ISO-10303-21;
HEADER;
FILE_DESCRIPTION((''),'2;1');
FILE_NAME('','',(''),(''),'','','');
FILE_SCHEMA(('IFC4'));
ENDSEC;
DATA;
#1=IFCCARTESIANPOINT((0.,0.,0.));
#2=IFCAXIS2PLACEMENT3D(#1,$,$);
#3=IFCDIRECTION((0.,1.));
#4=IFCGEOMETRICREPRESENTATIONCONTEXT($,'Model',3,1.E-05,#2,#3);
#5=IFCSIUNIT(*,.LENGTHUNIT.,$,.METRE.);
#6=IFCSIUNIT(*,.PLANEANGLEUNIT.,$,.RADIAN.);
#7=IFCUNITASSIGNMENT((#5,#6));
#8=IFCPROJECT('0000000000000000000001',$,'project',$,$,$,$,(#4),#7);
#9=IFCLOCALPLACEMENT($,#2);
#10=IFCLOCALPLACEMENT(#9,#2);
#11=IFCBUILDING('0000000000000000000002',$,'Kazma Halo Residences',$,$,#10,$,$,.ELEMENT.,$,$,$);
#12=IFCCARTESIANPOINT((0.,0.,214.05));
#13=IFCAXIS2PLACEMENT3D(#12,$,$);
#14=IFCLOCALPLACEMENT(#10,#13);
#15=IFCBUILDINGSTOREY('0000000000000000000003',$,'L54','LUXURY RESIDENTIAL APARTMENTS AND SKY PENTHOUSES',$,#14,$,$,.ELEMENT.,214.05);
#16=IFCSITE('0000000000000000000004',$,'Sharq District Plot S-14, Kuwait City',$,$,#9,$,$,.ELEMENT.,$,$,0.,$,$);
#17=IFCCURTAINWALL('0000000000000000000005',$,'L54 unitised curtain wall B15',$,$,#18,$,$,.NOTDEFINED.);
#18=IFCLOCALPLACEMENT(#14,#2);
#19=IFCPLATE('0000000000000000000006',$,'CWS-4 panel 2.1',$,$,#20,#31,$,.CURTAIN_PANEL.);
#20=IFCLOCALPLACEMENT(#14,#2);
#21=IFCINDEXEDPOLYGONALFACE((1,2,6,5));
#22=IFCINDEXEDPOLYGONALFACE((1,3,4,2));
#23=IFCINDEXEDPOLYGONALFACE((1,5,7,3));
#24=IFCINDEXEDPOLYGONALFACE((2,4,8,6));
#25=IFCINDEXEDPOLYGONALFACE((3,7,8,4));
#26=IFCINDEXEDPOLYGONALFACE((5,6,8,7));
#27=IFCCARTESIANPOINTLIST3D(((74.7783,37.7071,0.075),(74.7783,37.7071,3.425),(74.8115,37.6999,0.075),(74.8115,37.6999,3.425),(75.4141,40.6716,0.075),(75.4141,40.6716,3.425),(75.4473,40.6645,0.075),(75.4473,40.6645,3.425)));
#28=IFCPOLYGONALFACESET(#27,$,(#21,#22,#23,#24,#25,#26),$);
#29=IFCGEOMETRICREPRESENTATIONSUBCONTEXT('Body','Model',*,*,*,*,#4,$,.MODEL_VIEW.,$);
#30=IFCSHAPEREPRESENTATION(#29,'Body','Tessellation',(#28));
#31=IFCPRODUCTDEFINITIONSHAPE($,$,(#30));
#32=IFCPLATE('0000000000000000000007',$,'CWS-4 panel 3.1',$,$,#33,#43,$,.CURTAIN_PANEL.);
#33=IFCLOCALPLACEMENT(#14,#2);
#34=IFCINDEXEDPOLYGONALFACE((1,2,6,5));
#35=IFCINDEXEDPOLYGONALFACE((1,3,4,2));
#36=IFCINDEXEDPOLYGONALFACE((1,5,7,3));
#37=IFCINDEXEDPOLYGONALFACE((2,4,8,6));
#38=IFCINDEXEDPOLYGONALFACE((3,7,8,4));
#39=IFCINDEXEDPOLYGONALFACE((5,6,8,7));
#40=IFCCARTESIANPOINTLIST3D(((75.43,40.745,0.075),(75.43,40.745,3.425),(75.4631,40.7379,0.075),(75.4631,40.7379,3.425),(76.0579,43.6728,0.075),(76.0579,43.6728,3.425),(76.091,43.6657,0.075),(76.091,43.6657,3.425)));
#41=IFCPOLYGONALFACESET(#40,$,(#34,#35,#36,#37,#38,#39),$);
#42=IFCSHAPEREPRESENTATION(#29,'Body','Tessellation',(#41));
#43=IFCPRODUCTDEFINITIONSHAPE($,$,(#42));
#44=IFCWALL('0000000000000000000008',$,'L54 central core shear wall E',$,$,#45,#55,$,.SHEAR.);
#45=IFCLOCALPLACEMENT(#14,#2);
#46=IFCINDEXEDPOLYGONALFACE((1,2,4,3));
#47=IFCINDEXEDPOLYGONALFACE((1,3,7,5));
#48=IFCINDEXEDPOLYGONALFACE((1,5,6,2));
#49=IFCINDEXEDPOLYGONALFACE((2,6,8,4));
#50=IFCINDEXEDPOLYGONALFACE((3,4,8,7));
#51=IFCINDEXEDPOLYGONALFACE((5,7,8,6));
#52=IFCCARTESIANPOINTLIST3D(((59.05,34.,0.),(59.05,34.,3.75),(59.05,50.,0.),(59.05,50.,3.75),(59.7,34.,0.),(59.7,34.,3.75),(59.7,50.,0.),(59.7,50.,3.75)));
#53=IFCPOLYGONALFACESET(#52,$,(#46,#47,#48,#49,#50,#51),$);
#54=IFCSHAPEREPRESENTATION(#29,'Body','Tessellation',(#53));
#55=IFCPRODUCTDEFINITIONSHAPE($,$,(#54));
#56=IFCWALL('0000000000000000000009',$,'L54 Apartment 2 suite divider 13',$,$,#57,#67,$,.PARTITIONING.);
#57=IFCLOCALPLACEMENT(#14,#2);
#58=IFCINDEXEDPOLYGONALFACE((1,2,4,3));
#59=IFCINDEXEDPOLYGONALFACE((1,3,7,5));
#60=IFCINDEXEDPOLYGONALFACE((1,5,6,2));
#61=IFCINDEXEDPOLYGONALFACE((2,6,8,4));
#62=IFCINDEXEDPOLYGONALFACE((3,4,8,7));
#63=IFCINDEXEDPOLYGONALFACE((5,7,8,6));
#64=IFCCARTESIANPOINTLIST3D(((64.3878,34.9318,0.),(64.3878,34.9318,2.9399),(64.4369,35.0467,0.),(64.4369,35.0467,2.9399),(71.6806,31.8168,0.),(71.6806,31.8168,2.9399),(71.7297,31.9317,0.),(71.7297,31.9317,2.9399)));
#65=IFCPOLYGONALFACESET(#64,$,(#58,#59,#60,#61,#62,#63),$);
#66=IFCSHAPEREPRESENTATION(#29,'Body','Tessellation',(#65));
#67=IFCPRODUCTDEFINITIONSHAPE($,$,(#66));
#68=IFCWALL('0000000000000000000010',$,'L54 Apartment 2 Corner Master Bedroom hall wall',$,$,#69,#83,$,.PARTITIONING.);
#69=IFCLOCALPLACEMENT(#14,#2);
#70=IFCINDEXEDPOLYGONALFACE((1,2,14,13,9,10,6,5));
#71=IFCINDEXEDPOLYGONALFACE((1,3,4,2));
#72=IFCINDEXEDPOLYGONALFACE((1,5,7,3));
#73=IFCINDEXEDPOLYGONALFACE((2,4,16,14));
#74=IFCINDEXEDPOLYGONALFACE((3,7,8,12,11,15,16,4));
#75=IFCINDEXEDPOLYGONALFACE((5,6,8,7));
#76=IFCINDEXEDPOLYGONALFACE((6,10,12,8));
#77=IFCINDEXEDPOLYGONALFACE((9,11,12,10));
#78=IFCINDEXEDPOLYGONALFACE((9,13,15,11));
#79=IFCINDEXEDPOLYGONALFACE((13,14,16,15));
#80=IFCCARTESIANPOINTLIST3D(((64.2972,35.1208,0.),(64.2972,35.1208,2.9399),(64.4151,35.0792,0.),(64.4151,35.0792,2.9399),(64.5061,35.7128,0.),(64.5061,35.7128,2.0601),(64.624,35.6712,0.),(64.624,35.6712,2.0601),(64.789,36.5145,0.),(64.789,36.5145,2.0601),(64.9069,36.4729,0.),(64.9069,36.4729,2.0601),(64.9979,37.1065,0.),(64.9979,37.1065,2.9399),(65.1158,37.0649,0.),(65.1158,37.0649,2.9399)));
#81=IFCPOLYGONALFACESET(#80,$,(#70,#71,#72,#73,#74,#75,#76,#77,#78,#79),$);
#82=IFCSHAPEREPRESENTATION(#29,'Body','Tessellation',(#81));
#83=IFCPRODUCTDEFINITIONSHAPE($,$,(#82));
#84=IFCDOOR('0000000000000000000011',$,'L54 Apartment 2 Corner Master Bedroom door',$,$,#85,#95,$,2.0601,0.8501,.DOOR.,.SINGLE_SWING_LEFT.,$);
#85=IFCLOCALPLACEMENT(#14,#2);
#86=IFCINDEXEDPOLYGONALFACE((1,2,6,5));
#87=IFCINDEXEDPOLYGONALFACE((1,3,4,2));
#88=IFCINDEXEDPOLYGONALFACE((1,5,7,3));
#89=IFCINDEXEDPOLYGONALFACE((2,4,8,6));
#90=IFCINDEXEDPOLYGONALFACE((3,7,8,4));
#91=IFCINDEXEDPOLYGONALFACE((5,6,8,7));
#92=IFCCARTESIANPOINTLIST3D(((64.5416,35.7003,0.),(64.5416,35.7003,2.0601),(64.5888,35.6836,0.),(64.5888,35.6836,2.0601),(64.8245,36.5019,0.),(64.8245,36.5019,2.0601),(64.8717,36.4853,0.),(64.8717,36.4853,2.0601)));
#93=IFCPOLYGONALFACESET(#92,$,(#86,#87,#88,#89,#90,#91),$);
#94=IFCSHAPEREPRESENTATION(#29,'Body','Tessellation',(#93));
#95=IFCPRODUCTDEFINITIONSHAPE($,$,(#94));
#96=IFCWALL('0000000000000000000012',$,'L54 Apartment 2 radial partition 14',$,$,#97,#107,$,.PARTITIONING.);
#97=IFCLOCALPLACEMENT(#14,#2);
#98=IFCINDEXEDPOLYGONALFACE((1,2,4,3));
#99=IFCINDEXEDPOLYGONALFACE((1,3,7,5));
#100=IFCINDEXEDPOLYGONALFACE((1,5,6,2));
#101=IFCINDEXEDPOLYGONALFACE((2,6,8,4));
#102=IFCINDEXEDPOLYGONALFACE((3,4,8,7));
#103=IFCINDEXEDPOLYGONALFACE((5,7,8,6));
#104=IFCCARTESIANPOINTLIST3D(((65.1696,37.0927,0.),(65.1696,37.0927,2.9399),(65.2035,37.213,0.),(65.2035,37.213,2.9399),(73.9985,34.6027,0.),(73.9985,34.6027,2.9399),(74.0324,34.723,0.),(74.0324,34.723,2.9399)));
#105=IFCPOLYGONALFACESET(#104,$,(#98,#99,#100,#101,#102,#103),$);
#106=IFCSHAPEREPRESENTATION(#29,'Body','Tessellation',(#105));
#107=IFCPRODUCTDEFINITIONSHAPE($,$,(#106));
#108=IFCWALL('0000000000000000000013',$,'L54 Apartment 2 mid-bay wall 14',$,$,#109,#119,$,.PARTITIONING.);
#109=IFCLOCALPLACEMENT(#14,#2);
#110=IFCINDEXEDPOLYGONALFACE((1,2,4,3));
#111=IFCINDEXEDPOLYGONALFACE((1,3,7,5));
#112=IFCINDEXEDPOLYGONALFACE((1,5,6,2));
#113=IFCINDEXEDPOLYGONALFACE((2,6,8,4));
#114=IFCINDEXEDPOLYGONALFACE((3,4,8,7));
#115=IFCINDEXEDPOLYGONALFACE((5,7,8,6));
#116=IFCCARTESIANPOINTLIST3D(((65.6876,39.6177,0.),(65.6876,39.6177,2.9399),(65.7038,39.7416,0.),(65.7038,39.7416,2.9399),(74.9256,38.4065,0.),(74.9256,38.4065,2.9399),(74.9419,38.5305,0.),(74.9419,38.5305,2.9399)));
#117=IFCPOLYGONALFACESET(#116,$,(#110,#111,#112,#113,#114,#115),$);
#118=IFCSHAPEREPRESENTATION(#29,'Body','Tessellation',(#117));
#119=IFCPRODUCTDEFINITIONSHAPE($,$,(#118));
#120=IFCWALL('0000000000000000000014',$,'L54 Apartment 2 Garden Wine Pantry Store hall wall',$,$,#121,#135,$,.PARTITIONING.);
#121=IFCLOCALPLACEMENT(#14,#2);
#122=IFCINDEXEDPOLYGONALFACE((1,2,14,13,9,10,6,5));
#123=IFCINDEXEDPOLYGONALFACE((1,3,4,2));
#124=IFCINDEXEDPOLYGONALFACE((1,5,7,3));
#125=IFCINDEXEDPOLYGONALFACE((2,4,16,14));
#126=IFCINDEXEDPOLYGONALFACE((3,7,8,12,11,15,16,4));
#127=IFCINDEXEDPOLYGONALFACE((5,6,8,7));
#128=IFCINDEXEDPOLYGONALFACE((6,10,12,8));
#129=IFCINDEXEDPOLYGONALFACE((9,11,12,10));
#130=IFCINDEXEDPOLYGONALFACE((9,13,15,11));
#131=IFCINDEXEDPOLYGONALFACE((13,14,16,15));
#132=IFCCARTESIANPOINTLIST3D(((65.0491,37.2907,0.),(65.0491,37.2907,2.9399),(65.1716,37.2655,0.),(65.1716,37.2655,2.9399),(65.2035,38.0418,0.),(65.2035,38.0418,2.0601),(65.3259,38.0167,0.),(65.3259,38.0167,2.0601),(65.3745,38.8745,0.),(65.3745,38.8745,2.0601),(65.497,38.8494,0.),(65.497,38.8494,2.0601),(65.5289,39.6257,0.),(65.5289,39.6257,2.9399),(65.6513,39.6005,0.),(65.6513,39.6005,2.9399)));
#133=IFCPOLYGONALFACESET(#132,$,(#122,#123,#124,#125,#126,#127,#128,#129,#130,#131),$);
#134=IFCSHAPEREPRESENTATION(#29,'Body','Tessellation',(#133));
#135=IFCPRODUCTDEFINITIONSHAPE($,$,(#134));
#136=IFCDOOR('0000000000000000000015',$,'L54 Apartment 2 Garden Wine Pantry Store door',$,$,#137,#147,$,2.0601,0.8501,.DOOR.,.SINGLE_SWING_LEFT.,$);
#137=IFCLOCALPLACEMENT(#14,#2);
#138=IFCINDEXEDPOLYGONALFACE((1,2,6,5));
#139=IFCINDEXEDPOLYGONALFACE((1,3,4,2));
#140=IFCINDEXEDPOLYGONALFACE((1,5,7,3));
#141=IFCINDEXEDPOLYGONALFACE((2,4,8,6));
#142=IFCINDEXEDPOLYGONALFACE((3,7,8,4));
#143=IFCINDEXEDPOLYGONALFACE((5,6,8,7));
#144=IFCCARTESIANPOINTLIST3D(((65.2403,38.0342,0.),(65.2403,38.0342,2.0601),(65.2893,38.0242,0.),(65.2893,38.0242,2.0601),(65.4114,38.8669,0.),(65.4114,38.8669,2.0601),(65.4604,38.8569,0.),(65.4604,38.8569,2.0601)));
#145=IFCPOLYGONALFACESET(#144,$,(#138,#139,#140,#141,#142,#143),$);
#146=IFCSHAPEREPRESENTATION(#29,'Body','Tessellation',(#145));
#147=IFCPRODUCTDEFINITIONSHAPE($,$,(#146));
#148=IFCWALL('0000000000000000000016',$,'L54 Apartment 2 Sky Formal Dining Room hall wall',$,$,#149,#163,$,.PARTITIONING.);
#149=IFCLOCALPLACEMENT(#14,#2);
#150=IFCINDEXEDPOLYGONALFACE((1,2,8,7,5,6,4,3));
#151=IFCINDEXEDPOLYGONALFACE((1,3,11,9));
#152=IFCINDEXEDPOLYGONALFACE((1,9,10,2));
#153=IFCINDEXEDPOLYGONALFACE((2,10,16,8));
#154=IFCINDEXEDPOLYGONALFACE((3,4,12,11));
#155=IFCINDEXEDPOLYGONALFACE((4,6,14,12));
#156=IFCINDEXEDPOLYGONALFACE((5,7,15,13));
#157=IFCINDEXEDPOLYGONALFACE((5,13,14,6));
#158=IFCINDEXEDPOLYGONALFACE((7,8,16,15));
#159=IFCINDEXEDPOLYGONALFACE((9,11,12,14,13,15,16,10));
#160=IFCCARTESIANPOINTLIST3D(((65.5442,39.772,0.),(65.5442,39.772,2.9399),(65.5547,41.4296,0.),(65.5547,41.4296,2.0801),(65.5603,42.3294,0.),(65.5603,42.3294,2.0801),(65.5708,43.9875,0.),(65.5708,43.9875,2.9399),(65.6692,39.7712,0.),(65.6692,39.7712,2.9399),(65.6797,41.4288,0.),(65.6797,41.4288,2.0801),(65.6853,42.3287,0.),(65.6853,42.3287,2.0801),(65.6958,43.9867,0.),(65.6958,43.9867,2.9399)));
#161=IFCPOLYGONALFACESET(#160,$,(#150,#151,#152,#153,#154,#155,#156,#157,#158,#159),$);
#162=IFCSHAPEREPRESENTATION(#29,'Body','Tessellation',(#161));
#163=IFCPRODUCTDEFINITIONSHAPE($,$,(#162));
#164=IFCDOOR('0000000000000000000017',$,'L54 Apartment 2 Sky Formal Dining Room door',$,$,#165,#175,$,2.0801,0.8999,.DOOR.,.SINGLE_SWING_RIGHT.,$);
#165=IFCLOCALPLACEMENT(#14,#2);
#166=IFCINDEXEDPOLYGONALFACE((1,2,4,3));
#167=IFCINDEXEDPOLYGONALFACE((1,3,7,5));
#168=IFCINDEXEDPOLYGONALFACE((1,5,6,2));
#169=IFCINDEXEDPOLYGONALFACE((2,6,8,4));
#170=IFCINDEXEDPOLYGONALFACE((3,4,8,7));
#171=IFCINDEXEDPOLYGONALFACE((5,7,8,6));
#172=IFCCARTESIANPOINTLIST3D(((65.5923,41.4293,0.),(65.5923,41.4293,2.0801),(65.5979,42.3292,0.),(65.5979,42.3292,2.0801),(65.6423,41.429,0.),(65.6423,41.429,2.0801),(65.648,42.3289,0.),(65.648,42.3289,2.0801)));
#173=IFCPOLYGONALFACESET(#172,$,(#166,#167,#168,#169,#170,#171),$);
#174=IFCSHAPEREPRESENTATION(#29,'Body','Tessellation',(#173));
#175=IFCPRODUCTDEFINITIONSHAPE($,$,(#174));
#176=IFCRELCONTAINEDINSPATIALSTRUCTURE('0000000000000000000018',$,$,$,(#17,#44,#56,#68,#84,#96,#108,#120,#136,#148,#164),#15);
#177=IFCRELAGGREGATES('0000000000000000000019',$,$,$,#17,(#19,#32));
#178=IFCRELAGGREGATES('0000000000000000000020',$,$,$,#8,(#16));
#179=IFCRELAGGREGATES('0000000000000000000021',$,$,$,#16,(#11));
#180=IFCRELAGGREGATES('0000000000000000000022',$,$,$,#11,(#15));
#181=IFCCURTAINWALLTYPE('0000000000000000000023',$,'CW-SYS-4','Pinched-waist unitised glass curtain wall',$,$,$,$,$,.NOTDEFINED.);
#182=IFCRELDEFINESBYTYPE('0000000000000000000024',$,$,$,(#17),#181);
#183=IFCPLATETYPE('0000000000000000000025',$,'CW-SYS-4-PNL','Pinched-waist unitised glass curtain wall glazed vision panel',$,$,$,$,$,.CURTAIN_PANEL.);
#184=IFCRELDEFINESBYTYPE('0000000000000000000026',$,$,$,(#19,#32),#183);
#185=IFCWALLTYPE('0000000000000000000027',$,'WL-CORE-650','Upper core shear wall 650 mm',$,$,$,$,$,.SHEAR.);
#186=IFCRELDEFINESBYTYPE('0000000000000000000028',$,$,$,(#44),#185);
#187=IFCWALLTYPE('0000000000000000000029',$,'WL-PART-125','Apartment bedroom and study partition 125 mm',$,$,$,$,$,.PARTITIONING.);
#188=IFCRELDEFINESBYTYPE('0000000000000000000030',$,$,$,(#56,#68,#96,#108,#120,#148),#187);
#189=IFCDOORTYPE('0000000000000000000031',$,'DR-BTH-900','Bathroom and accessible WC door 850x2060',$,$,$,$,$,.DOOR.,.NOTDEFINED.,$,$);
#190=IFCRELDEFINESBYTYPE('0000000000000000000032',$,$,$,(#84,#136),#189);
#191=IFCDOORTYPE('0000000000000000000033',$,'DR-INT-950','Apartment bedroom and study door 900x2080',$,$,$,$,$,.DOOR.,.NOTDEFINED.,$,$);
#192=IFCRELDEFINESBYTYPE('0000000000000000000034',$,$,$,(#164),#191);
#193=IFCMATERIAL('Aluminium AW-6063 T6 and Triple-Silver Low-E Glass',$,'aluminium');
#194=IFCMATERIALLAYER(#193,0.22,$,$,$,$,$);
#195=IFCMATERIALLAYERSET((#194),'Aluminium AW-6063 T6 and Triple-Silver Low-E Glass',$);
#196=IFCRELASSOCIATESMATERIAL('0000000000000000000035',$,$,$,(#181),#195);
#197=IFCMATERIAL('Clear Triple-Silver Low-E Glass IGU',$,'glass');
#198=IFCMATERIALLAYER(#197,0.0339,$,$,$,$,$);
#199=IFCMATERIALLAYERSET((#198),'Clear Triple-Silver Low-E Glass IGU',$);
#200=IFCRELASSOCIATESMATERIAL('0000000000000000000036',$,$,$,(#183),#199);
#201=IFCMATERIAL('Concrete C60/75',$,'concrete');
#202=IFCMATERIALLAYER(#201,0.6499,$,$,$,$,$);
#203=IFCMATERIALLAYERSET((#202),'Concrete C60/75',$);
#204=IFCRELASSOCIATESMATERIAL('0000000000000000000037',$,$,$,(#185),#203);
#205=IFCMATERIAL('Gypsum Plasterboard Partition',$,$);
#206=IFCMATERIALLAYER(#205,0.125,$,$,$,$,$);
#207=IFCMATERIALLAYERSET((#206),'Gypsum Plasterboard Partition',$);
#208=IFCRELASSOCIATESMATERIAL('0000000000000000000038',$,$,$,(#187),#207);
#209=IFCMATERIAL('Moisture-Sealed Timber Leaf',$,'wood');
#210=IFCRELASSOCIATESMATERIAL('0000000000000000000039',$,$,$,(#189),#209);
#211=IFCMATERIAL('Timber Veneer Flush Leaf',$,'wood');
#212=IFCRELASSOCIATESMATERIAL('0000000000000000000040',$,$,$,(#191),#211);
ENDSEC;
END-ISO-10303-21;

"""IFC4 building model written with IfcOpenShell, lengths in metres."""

from ifc_helpers import new_model, si_unit, direction, frame, frame_2d, origin, origin_2d, place, context, subcontext, project, spatial, rectangle, extrude, material, layer, layer_set, type_object, element, fill, aggregate, save


model = new_model("IFC4")

# Units and contexts
model_context = context("Model", 3, precision=1e-05, world=origin(), true_north=direction((0.0, 1.0)))
body_context = subcontext(model_context, "Body", "Model", "MODEL_VIEW")
ifc_project = project(units=[si_unit("LENGTHUNIT", "METRE"), si_unit("PLANEANGLEUNIT", "RADIAN")], contexts=[model_context])

# Site, building, storey
site_placement = place(None, origin())
site = spatial("IfcSite", under=ifc_project, at=site_placement, Name="Sharq District Plot S-14, Kuwait City", CompositionType="ELEMENT", RefElevation=0.0)
building_placement = place(site_placement, origin())
building = spatial("IfcBuilding", under=site, at=building_placement, Name="Kazma Halo Residences", CompositionType="ELEMENT")
storey_placement = place(building_placement, frame((0.0, 0.0, 214.05)))
storey = spatial("IfcBuildingStorey", under=building, at=storey_placement, Name="L54", Description="LUXURY RESIDENTIAL APARTMENTS AND SKY PENTHOUSES", CompositionType="ELEMENT", Elevation=214.05)

# Curtain wall, plates
ifc_material_1 = material(Name="Aluminium AW-6063 T6 and Triple-Silver Low-E Glass", Category="aluminium")
ifc_layer_1 = layer(ifc_material_1, 0.22)
ifc_layer_set_1 = layer_set([ifc_layer_1], Name="Aluminium AW-6063 T6 and Triple-Silver Low-E Glass")
curtain_wall_type = type_object("IfcCurtainWallType", Name="CW-SYS-4", Description="Pinched-waist unitised glass curtain wall", PredefinedType="NOTDEFINED", material=ifc_layer_set_1)
curtain_wall_placement = place(storey_placement, origin())
curtain_wall = element("IfcCurtainWall", 1, at=curtain_wall_placement, inside=storey, type_object=curtain_wall_type, Name="L54 unitised curtain wall B15", PredefinedType="NOTDEFINED")
ifc_material_2 = material(Name="Clear Triple-Silver Low-E Glass IGU", Category="glass")
ifc_layer_2 = layer(ifc_material_2, 0.0339)
ifc_layer_set_2 = layer_set([ifc_layer_2], Name="Clear Triple-Silver Low-E Glass IGU")
plate_type = type_object("IfcPlateType", Name="CW-SYS-4-PNL", Description="Pinched-waist unitised glass curtain wall glazed vision panel", PredefinedType="CURTAIN_PANEL", material=ifc_layer_set_2)
plate_1_placement = place(storey_placement, frame((75.1128, 39.1858, 0.075), z_axis=(0.0, 0.0, 1.0), x_axis=(0.20969, 0.977768, 0.0)))
plate_1 = element("IfcPlate", 2, at=plate_1_placement, type_object=plate_type, Name="CWS-4 panel 2.1", PredefinedType="CURTAIN_PANEL", context=body_context, shape_type="SweptSolid", body=[
    extrude(rectangle(XDim=3.032, YDim=0.0339, at=origin_2d()), origin(), (0.0, 0.0, 1.0), 3.3501),
])
plate_2_placement = place(storey_placement, frame((75.7605, 42.2053, 0.075), z_axis=(0.0, 0.0, 1.0), x_axis=(0.20969, 0.977768, 0.0)))
plate_2 = element("IfcPlate", 3, at=plate_2_placement, type_object=plate_type, Name="CWS-4 panel 3.1", PredefinedType="CURTAIN_PANEL", context=body_context, shape_type="SweptSolid", body=[
    extrude(rectangle(XDim=2.9944, YDim=0.0339, at=origin_2d()), origin(), (0.0, 0.0, 1.0), 3.3501),
])
aggregate(curtain_wall, [plate_1, plate_2])

# Walls
ifc_material_3 = material(Name="Concrete C60/75", Category="concrete")
ifc_layer_3 = layer(ifc_material_3, 0.6499)
ifc_layer_set_3 = layer_set([ifc_layer_3], Name="Concrete C60/75")
wall_type_1 = type_object("IfcWallType", Name="WL-CORE-650", Description="Upper core shear wall 650 mm", PredefinedType="SHEAR", material=ifc_layer_set_3)
wall_1_placement = place(storey_placement, frame((59.375, 34.0, 0.0), z_axis=(0.0, 0.0, 1.0), x_axis=(0.0, 1.0, 0.0)))
element("IfcWall", 4, at=wall_1_placement, inside=storey, type_object=wall_type_1, Name="L54 central core shear wall E", PredefinedType="SHEAR", context=body_context, shape_type="SweptSolid", body=[
    extrude(rectangle(XDim=16.0, YDim=0.6499, at=frame_2d((8.0, 0.0))), origin(), (0.0, 0.0, 1.0), 3.75),
])
ifc_material_4 = material(Name="Gypsum Plasterboard Partition")
ifc_layer_4 = layer(ifc_material_4, 0.125)
ifc_layer_set_4 = layer_set([ifc_layer_4], Name="Gypsum Plasterboard Partition")
wall_type_2 = type_object("IfcWallType", Name="WL-PART-125", Description="Apartment bedroom and study partition 125 mm", PredefinedType="PARTITIONING", material=ifc_layer_set_4)
wall_2_placement = place(storey_placement, frame((64.4124, 34.9893, 0.0), z_axis=(0.0, 0.0, 1.0), x_axis=(0.919622, -0.392804, 0.0)))
element("IfcWall", 5, at=wall_2_placement, inside=storey, type_object=wall_type_2, Name="L54 Apartment 2 suite divider 13", PredefinedType="PARTITIONING", context=body_context, shape_type="SweptSolid", body=[
    extrude(rectangle(XDim=7.9302, YDim=0.125, at=frame_2d((3.9651, 0.0))), origin(), (0.0, 0.0, 1.0), 2.9399),
])

# Wall, opening, door
wall_3_placement = place(storey_placement, frame((64.3562, 35.1001, 0.0), z_axis=(0.0, 0.0, 1.0), x_axis=(0.332772, 0.943007, 0.0)))
wall_3 = element("IfcWall", 6, at=wall_3_placement, inside=storey, type_object=wall_type_2, Name="L54 Apartment 2 Corner Master Bedroom hall wall", PredefinedType="PARTITIONING", context=body_context, shape_type="SweptSolid", body=[
    extrude(rectangle(XDim=2.1057, YDim=0.125, at=frame_2d((1.0527, 0.0))), origin(), (0.0, 0.0, 1.0), 2.9399),
])
opening_1_placement = place(wall_3_placement, frame((0.6277, 0.0, 0.0)))
opening_1 = element("IfcOpeningElement", 7, at=opening_1_placement, cuts=wall_3, PredefinedType="OPENING", context=body_context, shape_type="SweptSolid", body=[
    extrude(rectangle(XDim=0.8501, YDim=2.0601, at=frame_2d((0.425, 1.03))), frame((0.0, 0.0725, 0.0), z_axis=(0.0, -1.0, 0.0), x_axis=(1.0, 0.0, 0.0)), (0.0, 0.0, 1.0), 0.145),
])
ifc_material_5 = material(Name="Moisture-Sealed Timber Leaf", Category="wood")
door_type_1 = type_object("IfcDoorType", Name="DR-BTH-900", Description="Bathroom and accessible WC door 850x2060", OperationType="NOTDEFINED", PredefinedType="DOOR", material=ifc_material_5)
door_1_placement = place(opening_1_placement, origin())
door_1 = element("IfcDoor", 8, at=door_1_placement, inside=storey, type_object=door_type_1, Name="L54 Apartment 2 Corner Master Bedroom door", OperationType="SINGLE_SWING_LEFT", OverallHeight=2.0601, OverallWidth=0.8501, PredefinedType="DOOR", context=body_context, shape_type="SweptSolid", body=[
    extrude(rectangle(XDim=0.8501, YDim=2.0601, at=frame_2d((0.425, 1.03))), frame((0.0, 0.0249, 0.0), z_axis=(0.0, -1.0, 0.0), x_axis=(1.0, 0.0, 0.0)), (0.0, 0.0, 1.0), 0.05),
])
fill(opening_1, door_1)

# Walls
wall_4_placement = place(storey_placement, frame((65.1865, 37.1528, 0.0), z_axis=(0.0, 0.0, 1.0), x_axis=(0.962455, -0.27144, 0.0)))
element("IfcWall", 9, at=wall_4_placement, inside=storey, type_object=wall_type_2, Name="L54 Apartment 2 radial partition 14", PredefinedType="PARTITIONING", context=body_context, shape_type="SweptSolid", body=[
    extrude(rectangle(XDim=9.1733, YDim=0.125, at=frame_2d((4.5867, 0.0))), origin(), (0.0, 0.0, 1.0), 2.9399),
])
wall_5_placement = place(storey_placement, frame((65.6956, 39.6797, 0.0), z_axis=(0.0, 0.0, 1.0), x_axis=(0.991515, -0.129996, 0.0)))
element("IfcWall", 10, at=wall_5_placement, inside=storey, type_object=wall_type_2, Name="L54 Apartment 2 mid-bay wall 14", PredefinedType="PARTITIONING", context=body_context, shape_type="SweptSolid", body=[
    extrude(rectangle(XDim=9.3171, YDim=0.125, at=frame_2d((4.6587, 0.0))), origin(), (0.0, 0.0, 1.0), 2.9399),
])

# Walls, openings, doors
wall_6_placement = place(storey_placement, frame((65.1104, 37.2781, 0.0), z_axis=(0.0, 0.0, 1.0), x_axis=(0.201254, 0.979539, 0.0)))
wall_6 = element("IfcWall", 11, at=wall_6_placement, inside=storey, type_object=wall_type_2, Name="L54 Apartment 2 Garden Wine Pantry Store hall wall", PredefinedType="PARTITIONING", context=body_context, shape_type="SweptSolid", body=[
    extrude(rectangle(XDim=2.3838, YDim=0.125, at=frame_2d((1.1919, 0.0))), origin(), (0.0, 0.0, 1.0), 2.9399),
])
opening_2_placement = place(wall_6_placement, frame((0.7668, 0.0, 0.0)))
opening_2 = element("IfcOpeningElement", 12, at=opening_2_placement, cuts=wall_6, PredefinedType="OPENING", context=body_context, shape_type="SweptSolid", body=[
    extrude(rectangle(XDim=0.8501, YDim=2.0601, at=frame_2d((0.425, 1.03))), frame((0.0, 0.0725, 0.0), z_axis=(0.0, -1.0, 0.0), x_axis=(1.0, 0.0, 0.0)), (0.0, 0.0, 1.0), 0.145),
])
door_2_placement = place(opening_2_placement, origin())
door_2 = element("IfcDoor", 13, at=door_2_placement, inside=storey, type_object=door_type_1, Name="L54 Apartment 2 Garden Wine Pantry Store door", OperationType="SINGLE_SWING_LEFT", OverallHeight=2.0601, OverallWidth=0.8501, PredefinedType="DOOR", context=body_context, shape_type="SweptSolid", body=[
    extrude(rectangle(XDim=0.8501, YDim=2.0601, at=frame_2d((0.425, 1.03))), frame((0.0, 0.0249, 0.0), z_axis=(0.0, -1.0, 0.0), x_axis=(1.0, 0.0, 0.0)), (0.0, 0.0, 1.0), 0.05),
])
fill(opening_2, door_2)
wall_7_placement = place(storey_placement, frame((65.6067, 39.7715, 0.0), z_axis=(0.0, 0.0, 1.0), x_axis=(0.006312, 0.99998, 0.0)))
wall_7 = element("IfcWall", 14, at=wall_7_placement, inside=storey, type_object=wall_type_2, Name="L54 Apartment 2 Sky Formal Dining Room hall wall", PredefinedType="PARTITIONING", context=body_context, shape_type="SweptSolid", body=[
    extrude(rectangle(XDim=4.2156, YDim=0.125, at=frame_2d((2.1079, 0.0))), origin(), (0.0, 0.0, 1.0), 2.9399),
])
opening_3_placement = place(wall_7_placement, frame((1.6577, 0.0, 0.0)))
opening_3 = element("IfcOpeningElement", 15, at=opening_3_placement, cuts=wall_7, PredefinedType="OPENING", context=body_context, shape_type="SweptSolid", body=[
    extrude(rectangle(XDim=0.8999, YDim=2.0801, at=frame_2d((0.45, 1.04))), frame((0.0, 0.0725, 0.0), z_axis=(0.0, -1.0, 0.0), x_axis=(1.0, 0.0, 0.0)), (0.0, 0.0, 1.0), 0.145),
])
ifc_material_6 = material(Name="Timber Veneer Flush Leaf", Category="wood")
door_type_2 = type_object("IfcDoorType", Name="DR-INT-950", Description="Apartment bedroom and study door 900x2080", OperationType="NOTDEFINED", PredefinedType="DOOR", material=ifc_material_6)
door_3_placement = place(opening_3_placement, origin())
door_3 = element("IfcDoor", 16, at=door_3_placement, inside=storey, type_object=door_type_2, Name="L54 Apartment 2 Sky Formal Dining Room door", OperationType="SINGLE_SWING_RIGHT", OverallHeight=2.0801, OverallWidth=0.8999, PredefinedType="DOOR", context=body_context, shape_type="SweptSolid", body=[
    extrude(rectangle(XDim=0.8999, YDim=2.0801, at=frame_2d((0.45, 1.04))), frame((0.0, 0.0249, 0.0), z_axis=(0.0, -1.0, 0.0), x_axis=(1.0, 0.0, 0.0)), (0.0, 0.0, 1.0), 0.05),
])
fill(opening_3, door_3)

save(model, "model.ifc")
